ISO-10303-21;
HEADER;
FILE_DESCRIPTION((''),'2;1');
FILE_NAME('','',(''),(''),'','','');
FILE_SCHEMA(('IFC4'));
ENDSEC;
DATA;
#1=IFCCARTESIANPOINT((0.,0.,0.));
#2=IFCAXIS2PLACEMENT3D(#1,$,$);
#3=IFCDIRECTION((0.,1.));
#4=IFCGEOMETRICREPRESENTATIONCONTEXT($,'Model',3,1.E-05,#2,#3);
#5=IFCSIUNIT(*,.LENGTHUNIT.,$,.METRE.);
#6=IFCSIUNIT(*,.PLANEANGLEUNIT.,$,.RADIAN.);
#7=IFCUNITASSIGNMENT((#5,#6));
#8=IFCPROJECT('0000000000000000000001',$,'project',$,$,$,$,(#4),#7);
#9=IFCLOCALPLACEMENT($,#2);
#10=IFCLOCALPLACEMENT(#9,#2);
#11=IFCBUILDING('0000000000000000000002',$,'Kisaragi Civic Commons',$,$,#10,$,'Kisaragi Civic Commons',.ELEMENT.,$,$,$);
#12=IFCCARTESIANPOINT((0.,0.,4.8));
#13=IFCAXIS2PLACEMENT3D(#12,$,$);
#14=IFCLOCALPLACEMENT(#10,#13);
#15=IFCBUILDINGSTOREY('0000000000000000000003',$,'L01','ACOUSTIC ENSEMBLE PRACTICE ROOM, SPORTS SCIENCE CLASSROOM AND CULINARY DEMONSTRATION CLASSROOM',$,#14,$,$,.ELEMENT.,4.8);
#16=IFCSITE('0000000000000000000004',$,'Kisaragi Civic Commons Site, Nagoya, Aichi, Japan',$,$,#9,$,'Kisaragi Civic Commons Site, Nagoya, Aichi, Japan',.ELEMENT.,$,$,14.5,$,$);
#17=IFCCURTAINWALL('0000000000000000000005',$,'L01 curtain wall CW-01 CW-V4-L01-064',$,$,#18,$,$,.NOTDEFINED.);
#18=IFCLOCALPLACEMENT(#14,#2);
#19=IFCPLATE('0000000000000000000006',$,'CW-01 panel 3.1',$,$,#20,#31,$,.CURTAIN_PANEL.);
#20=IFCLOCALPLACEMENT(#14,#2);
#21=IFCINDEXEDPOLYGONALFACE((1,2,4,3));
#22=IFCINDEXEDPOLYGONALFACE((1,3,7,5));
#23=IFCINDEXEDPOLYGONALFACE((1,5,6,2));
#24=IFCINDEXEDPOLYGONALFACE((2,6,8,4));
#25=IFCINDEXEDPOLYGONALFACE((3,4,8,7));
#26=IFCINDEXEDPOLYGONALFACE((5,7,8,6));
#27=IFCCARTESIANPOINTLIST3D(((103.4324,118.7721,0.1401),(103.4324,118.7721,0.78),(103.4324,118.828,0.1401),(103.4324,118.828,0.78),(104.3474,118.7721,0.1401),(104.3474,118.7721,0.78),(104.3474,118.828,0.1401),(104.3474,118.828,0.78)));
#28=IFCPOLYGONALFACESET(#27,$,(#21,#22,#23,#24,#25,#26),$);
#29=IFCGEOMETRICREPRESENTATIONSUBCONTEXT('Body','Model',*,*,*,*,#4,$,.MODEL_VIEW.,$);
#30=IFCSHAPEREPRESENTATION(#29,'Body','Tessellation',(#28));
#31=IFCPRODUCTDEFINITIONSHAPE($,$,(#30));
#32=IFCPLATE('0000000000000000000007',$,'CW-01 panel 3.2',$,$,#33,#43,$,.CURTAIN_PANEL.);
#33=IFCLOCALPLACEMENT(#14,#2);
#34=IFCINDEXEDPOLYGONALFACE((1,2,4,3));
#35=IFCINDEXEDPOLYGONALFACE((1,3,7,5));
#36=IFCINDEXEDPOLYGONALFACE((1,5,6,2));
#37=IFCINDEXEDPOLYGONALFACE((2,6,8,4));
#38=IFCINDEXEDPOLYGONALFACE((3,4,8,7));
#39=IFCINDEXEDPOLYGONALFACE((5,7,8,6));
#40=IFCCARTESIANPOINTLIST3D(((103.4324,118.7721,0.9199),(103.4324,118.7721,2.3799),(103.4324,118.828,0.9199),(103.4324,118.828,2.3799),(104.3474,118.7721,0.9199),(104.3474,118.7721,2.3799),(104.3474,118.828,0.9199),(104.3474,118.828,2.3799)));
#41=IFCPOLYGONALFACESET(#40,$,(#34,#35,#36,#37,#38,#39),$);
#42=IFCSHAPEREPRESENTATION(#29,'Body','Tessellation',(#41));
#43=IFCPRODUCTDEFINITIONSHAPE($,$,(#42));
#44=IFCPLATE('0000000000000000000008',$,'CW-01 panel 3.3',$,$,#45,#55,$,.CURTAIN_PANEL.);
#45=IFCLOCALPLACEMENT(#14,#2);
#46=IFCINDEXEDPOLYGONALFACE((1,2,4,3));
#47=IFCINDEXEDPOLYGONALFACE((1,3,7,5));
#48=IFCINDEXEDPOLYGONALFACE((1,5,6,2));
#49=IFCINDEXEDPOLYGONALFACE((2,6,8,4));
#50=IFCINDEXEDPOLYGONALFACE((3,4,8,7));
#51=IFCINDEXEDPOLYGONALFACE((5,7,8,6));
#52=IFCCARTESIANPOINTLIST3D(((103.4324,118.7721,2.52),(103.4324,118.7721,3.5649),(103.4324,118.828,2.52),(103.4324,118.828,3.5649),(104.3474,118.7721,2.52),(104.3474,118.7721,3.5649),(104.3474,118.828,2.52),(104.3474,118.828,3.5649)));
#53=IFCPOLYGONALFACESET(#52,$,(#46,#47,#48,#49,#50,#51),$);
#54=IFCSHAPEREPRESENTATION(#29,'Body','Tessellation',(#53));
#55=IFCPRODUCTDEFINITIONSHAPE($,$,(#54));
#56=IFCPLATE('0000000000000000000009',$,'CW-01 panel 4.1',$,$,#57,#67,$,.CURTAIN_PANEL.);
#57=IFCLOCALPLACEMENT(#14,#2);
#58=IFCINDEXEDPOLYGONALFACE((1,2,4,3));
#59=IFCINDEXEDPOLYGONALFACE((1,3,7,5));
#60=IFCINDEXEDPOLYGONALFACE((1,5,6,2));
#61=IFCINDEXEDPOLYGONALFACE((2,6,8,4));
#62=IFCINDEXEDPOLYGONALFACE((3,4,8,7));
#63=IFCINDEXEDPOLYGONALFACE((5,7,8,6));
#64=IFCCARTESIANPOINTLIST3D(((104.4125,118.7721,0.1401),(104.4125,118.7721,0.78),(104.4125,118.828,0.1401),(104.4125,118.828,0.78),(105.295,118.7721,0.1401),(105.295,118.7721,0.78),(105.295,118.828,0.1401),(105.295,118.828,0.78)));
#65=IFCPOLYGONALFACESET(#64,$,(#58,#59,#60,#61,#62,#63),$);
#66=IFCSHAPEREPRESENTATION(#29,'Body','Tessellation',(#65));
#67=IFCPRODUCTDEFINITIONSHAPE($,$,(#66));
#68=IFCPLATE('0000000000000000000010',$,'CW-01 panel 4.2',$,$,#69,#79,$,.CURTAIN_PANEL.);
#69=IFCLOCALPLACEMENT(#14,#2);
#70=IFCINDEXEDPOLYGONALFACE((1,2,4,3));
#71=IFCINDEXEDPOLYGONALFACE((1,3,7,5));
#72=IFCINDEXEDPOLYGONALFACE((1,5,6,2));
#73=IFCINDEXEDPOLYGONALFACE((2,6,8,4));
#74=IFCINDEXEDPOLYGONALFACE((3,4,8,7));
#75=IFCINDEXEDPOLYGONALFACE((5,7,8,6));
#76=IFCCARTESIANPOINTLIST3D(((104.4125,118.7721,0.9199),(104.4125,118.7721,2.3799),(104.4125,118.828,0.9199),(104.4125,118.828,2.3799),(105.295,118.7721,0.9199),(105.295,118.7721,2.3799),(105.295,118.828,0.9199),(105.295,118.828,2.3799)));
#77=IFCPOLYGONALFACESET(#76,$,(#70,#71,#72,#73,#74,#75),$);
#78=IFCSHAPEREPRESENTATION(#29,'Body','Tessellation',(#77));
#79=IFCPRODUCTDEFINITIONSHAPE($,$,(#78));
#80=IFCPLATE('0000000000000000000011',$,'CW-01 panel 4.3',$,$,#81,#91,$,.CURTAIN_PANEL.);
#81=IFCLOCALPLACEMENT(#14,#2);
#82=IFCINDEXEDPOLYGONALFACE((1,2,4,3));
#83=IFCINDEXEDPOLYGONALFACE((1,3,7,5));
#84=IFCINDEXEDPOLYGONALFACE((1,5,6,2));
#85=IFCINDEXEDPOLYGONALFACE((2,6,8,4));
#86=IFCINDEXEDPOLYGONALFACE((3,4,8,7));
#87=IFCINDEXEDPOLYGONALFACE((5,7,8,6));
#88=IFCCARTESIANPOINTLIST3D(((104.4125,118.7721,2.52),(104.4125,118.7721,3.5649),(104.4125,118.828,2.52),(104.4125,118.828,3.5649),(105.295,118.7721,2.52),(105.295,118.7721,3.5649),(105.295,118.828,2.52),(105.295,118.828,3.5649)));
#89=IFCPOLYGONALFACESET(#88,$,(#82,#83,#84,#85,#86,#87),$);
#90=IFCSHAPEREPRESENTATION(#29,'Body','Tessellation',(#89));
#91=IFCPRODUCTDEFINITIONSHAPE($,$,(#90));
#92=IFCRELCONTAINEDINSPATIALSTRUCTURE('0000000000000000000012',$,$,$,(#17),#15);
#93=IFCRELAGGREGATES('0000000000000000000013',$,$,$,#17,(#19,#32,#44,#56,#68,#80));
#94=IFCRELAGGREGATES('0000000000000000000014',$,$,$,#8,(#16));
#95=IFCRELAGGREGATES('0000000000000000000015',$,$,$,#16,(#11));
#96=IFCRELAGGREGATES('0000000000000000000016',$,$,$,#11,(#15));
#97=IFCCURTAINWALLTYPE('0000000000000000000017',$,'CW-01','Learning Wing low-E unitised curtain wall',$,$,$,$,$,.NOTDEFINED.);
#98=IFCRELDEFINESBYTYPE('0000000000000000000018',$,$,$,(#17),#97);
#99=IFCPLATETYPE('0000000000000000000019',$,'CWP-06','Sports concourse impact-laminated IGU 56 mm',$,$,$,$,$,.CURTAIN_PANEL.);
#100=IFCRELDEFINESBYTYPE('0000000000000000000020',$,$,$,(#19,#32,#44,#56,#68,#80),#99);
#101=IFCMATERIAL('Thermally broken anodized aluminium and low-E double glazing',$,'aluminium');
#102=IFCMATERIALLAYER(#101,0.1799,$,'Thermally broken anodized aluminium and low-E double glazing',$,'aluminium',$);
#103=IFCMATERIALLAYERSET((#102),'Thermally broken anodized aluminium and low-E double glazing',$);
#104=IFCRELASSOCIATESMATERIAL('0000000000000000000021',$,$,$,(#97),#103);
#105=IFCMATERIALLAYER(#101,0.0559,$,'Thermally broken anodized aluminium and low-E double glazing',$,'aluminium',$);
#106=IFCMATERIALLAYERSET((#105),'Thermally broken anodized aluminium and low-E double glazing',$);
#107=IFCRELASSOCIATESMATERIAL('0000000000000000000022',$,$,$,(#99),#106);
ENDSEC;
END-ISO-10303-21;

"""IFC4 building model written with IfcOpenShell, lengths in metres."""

from ifc_helpers import new_model, si_unit, direction, frame, origin, origin_2d, place, context, subcontext, project, spatial, rectangle, extrude, material, layer, layer_set, type_object, element, aggregate, save


model = new_model("IFC4")

# Units and contexts
model_context = context("Model", 3, precision=1e-05, world=origin(), true_north=direction((0.0, 1.0)))
body_context = subcontext(model_context, "Body", "Model", "MODEL_VIEW")
ifc_project = project(units=[si_unit("LENGTHUNIT", "METRE"), si_unit("PLANEANGLEUNIT", "RADIAN")], contexts=[model_context])

# Site, building, storey
site_placement = place(None, origin())
site = spatial("IfcSite", under=ifc_project, at=site_placement, Name="Kisaragi Civic Commons Site, Nagoya, Aichi, Japan", LongName="Kisaragi Civic Commons Site, Nagoya, Aichi, Japan", CompositionType="ELEMENT", RefElevation=14.5)
building_placement = place(site_placement, origin())
building = spatial("IfcBuilding", under=site, at=building_placement, Name="Kisaragi Civic Commons", LongName="Kisaragi Civic Commons", CompositionType="ELEMENT")
storey_placement = place(building_placement, frame((0.0, 0.0, 4.8)))
storey = spatial("IfcBuildingStorey", under=building, at=storey_placement, Name="L01", Description="ACOUSTIC ENSEMBLE PRACTICE ROOM, SPORTS SCIENCE CLASSROOM AND CULINARY DEMONSTRATION CLASSROOM", CompositionType="ELEMENT", Elevation=4.8)

# Curtain wall
ifc_material_1 = material(Name="Thermally broken anodized aluminium and low-E double glazing", Category="aluminium")
ifc_layer_1 = layer(ifc_material_1, 0.1799, Name="Thermally broken anodized aluminium and low-E double glazing", Category="aluminium")
ifc_layer_set_1 = layer_set([ifc_layer_1], Name="Thermally broken anodized aluminium and low-E double glazing")
curtain_wall_type = type_object("IfcCurtainWallType", Name="CW-01", Description="Learning Wing low-E unitised curtain wall", PredefinedType="NOTDEFINED", material=ifc_layer_set_1)
curtain_wall_placement = place(storey_placement, origin())
curtain_wall = element("IfcCurtainWall", 1, at=curtain_wall_placement, inside=storey, type_object=curtain_wall_type, Name="L01 curtain wall CW-01 CW-V4-L01-064", PredefinedType="NOTDEFINED")

# Plates
ifc_layer_2 = layer(ifc_material_1, 0.0559, Name="Thermally broken anodized aluminium and low-E double glazing", Category="aluminium")
ifc_layer_set_2 = layer_set([ifc_layer_2], Name="Thermally broken anodized aluminium and low-E double glazing")
plate_type = type_object("IfcPlateType", Name="CWP-06", Description="Sports concourse impact-laminated IGU 56 mm", PredefinedType="CURTAIN_PANEL", material=ifc_layer_set_2)
plate_1_placement = place(storey_placement, frame((103.8899, 118.8, 0.1401), z_axis=(0.0, 0.0, 1.0), x_axis=(1.0, 0.0, 0.0)))
plate_1 = element("IfcPlate", 2, at=plate_1_placement, type_object=plate_type, Name="CW-01 panel 3.1", PredefinedType="CURTAIN_PANEL", context=body_context, shape_type="SweptSolid", body=[
    extrude(rectangle(XDim=0.915, YDim=0.0559, at=origin_2d()), origin(), (0.0, 0.0, 1.0), 0.6399),
])
plate_2_placement = place(storey_placement, frame((103.8899, 118.8, 0.9199), z_axis=(0.0, 0.0, 1.0), x_axis=(1.0, 0.0, 0.0)))
plate_2 = element("IfcPlate", 3, at=plate_2_placement, type_object=plate_type, Name="CW-01 panel 3.2", PredefinedType="CURTAIN_PANEL", context=body_context, shape_type="SweptSolid", body=[
    extrude(rectangle(XDim=0.915, YDim=0.0559, at=origin_2d()), origin(), (0.0, 0.0, 1.0), 1.46),
])
plate_3_placement = place(storey_placement, frame((103.8899, 118.8, 2.52), z_axis=(0.0, 0.0, 1.0), x_axis=(1.0, 0.0, 0.0)))
plate_3 = element("IfcPlate", 4, at=plate_3_placement, type_object=plate_type, Name="CW-01 panel 3.3", PredefinedType="CURTAIN_PANEL", context=body_context, shape_type="SweptSolid", body=[
    extrude(rectangle(XDim=0.915, YDim=0.0559, at=origin_2d()), origin(), (0.0, 0.0, 1.0), 1.0449),
])
plate_4_placement = place(storey_placement, frame((104.8538, 118.8, 0.1401), z_axis=(0.0, 0.0, 1.0), x_axis=(1.0, 0.0, 0.0)))
plate_4 = element("IfcPlate", 5, at=plate_4_placement, type_object=plate_type, Name="CW-01 panel 4.1", PredefinedType="CURTAIN_PANEL", context=body_context, shape_type="SweptSolid", body=[
    extrude(rectangle(XDim=0.8826, YDim=0.0559, at=origin_2d()), origin(), (0.0, 0.0, 1.0), 0.6399),
])
plate_5_placement = place(storey_placement, frame((104.8538, 118.8, 0.9199), z_axis=(0.0, 0.0, 1.0), x_axis=(1.0, 0.0, 0.0)))
plate_5 = element("IfcPlate", 6, at=plate_5_placement, type_object=plate_type, Name="CW-01 panel 4.2", PredefinedType="CURTAIN_PANEL", context=body_context, shape_type="SweptSolid", body=[
    extrude(rectangle(XDim=0.8826, YDim=0.0559, at=origin_2d()), origin(), (0.0, 0.0, 1.0), 1.46),
])
plate_6_placement = place(storey_placement, frame((104.8538, 118.8, 2.52), z_axis=(0.0, 0.0, 1.0), x_axis=(1.0, 0.0, 0.0)))
plate_6 = element("IfcPlate", 7, at=plate_6_placement, type_object=plate_type, Name="CW-01 panel 4.3", PredefinedType="CURTAIN_PANEL", context=body_context, shape_type="SweptSolid", body=[
    extrude(rectangle(XDim=0.8826, YDim=0.0559, at=origin_2d()), origin(), (0.0, 0.0, 1.0), 1.0449),
])
aggregate(curtain_wall, [plate_1, plate_2, plate_3, plate_4, plate_5, plate_6])

save(model, "model.ifc")
